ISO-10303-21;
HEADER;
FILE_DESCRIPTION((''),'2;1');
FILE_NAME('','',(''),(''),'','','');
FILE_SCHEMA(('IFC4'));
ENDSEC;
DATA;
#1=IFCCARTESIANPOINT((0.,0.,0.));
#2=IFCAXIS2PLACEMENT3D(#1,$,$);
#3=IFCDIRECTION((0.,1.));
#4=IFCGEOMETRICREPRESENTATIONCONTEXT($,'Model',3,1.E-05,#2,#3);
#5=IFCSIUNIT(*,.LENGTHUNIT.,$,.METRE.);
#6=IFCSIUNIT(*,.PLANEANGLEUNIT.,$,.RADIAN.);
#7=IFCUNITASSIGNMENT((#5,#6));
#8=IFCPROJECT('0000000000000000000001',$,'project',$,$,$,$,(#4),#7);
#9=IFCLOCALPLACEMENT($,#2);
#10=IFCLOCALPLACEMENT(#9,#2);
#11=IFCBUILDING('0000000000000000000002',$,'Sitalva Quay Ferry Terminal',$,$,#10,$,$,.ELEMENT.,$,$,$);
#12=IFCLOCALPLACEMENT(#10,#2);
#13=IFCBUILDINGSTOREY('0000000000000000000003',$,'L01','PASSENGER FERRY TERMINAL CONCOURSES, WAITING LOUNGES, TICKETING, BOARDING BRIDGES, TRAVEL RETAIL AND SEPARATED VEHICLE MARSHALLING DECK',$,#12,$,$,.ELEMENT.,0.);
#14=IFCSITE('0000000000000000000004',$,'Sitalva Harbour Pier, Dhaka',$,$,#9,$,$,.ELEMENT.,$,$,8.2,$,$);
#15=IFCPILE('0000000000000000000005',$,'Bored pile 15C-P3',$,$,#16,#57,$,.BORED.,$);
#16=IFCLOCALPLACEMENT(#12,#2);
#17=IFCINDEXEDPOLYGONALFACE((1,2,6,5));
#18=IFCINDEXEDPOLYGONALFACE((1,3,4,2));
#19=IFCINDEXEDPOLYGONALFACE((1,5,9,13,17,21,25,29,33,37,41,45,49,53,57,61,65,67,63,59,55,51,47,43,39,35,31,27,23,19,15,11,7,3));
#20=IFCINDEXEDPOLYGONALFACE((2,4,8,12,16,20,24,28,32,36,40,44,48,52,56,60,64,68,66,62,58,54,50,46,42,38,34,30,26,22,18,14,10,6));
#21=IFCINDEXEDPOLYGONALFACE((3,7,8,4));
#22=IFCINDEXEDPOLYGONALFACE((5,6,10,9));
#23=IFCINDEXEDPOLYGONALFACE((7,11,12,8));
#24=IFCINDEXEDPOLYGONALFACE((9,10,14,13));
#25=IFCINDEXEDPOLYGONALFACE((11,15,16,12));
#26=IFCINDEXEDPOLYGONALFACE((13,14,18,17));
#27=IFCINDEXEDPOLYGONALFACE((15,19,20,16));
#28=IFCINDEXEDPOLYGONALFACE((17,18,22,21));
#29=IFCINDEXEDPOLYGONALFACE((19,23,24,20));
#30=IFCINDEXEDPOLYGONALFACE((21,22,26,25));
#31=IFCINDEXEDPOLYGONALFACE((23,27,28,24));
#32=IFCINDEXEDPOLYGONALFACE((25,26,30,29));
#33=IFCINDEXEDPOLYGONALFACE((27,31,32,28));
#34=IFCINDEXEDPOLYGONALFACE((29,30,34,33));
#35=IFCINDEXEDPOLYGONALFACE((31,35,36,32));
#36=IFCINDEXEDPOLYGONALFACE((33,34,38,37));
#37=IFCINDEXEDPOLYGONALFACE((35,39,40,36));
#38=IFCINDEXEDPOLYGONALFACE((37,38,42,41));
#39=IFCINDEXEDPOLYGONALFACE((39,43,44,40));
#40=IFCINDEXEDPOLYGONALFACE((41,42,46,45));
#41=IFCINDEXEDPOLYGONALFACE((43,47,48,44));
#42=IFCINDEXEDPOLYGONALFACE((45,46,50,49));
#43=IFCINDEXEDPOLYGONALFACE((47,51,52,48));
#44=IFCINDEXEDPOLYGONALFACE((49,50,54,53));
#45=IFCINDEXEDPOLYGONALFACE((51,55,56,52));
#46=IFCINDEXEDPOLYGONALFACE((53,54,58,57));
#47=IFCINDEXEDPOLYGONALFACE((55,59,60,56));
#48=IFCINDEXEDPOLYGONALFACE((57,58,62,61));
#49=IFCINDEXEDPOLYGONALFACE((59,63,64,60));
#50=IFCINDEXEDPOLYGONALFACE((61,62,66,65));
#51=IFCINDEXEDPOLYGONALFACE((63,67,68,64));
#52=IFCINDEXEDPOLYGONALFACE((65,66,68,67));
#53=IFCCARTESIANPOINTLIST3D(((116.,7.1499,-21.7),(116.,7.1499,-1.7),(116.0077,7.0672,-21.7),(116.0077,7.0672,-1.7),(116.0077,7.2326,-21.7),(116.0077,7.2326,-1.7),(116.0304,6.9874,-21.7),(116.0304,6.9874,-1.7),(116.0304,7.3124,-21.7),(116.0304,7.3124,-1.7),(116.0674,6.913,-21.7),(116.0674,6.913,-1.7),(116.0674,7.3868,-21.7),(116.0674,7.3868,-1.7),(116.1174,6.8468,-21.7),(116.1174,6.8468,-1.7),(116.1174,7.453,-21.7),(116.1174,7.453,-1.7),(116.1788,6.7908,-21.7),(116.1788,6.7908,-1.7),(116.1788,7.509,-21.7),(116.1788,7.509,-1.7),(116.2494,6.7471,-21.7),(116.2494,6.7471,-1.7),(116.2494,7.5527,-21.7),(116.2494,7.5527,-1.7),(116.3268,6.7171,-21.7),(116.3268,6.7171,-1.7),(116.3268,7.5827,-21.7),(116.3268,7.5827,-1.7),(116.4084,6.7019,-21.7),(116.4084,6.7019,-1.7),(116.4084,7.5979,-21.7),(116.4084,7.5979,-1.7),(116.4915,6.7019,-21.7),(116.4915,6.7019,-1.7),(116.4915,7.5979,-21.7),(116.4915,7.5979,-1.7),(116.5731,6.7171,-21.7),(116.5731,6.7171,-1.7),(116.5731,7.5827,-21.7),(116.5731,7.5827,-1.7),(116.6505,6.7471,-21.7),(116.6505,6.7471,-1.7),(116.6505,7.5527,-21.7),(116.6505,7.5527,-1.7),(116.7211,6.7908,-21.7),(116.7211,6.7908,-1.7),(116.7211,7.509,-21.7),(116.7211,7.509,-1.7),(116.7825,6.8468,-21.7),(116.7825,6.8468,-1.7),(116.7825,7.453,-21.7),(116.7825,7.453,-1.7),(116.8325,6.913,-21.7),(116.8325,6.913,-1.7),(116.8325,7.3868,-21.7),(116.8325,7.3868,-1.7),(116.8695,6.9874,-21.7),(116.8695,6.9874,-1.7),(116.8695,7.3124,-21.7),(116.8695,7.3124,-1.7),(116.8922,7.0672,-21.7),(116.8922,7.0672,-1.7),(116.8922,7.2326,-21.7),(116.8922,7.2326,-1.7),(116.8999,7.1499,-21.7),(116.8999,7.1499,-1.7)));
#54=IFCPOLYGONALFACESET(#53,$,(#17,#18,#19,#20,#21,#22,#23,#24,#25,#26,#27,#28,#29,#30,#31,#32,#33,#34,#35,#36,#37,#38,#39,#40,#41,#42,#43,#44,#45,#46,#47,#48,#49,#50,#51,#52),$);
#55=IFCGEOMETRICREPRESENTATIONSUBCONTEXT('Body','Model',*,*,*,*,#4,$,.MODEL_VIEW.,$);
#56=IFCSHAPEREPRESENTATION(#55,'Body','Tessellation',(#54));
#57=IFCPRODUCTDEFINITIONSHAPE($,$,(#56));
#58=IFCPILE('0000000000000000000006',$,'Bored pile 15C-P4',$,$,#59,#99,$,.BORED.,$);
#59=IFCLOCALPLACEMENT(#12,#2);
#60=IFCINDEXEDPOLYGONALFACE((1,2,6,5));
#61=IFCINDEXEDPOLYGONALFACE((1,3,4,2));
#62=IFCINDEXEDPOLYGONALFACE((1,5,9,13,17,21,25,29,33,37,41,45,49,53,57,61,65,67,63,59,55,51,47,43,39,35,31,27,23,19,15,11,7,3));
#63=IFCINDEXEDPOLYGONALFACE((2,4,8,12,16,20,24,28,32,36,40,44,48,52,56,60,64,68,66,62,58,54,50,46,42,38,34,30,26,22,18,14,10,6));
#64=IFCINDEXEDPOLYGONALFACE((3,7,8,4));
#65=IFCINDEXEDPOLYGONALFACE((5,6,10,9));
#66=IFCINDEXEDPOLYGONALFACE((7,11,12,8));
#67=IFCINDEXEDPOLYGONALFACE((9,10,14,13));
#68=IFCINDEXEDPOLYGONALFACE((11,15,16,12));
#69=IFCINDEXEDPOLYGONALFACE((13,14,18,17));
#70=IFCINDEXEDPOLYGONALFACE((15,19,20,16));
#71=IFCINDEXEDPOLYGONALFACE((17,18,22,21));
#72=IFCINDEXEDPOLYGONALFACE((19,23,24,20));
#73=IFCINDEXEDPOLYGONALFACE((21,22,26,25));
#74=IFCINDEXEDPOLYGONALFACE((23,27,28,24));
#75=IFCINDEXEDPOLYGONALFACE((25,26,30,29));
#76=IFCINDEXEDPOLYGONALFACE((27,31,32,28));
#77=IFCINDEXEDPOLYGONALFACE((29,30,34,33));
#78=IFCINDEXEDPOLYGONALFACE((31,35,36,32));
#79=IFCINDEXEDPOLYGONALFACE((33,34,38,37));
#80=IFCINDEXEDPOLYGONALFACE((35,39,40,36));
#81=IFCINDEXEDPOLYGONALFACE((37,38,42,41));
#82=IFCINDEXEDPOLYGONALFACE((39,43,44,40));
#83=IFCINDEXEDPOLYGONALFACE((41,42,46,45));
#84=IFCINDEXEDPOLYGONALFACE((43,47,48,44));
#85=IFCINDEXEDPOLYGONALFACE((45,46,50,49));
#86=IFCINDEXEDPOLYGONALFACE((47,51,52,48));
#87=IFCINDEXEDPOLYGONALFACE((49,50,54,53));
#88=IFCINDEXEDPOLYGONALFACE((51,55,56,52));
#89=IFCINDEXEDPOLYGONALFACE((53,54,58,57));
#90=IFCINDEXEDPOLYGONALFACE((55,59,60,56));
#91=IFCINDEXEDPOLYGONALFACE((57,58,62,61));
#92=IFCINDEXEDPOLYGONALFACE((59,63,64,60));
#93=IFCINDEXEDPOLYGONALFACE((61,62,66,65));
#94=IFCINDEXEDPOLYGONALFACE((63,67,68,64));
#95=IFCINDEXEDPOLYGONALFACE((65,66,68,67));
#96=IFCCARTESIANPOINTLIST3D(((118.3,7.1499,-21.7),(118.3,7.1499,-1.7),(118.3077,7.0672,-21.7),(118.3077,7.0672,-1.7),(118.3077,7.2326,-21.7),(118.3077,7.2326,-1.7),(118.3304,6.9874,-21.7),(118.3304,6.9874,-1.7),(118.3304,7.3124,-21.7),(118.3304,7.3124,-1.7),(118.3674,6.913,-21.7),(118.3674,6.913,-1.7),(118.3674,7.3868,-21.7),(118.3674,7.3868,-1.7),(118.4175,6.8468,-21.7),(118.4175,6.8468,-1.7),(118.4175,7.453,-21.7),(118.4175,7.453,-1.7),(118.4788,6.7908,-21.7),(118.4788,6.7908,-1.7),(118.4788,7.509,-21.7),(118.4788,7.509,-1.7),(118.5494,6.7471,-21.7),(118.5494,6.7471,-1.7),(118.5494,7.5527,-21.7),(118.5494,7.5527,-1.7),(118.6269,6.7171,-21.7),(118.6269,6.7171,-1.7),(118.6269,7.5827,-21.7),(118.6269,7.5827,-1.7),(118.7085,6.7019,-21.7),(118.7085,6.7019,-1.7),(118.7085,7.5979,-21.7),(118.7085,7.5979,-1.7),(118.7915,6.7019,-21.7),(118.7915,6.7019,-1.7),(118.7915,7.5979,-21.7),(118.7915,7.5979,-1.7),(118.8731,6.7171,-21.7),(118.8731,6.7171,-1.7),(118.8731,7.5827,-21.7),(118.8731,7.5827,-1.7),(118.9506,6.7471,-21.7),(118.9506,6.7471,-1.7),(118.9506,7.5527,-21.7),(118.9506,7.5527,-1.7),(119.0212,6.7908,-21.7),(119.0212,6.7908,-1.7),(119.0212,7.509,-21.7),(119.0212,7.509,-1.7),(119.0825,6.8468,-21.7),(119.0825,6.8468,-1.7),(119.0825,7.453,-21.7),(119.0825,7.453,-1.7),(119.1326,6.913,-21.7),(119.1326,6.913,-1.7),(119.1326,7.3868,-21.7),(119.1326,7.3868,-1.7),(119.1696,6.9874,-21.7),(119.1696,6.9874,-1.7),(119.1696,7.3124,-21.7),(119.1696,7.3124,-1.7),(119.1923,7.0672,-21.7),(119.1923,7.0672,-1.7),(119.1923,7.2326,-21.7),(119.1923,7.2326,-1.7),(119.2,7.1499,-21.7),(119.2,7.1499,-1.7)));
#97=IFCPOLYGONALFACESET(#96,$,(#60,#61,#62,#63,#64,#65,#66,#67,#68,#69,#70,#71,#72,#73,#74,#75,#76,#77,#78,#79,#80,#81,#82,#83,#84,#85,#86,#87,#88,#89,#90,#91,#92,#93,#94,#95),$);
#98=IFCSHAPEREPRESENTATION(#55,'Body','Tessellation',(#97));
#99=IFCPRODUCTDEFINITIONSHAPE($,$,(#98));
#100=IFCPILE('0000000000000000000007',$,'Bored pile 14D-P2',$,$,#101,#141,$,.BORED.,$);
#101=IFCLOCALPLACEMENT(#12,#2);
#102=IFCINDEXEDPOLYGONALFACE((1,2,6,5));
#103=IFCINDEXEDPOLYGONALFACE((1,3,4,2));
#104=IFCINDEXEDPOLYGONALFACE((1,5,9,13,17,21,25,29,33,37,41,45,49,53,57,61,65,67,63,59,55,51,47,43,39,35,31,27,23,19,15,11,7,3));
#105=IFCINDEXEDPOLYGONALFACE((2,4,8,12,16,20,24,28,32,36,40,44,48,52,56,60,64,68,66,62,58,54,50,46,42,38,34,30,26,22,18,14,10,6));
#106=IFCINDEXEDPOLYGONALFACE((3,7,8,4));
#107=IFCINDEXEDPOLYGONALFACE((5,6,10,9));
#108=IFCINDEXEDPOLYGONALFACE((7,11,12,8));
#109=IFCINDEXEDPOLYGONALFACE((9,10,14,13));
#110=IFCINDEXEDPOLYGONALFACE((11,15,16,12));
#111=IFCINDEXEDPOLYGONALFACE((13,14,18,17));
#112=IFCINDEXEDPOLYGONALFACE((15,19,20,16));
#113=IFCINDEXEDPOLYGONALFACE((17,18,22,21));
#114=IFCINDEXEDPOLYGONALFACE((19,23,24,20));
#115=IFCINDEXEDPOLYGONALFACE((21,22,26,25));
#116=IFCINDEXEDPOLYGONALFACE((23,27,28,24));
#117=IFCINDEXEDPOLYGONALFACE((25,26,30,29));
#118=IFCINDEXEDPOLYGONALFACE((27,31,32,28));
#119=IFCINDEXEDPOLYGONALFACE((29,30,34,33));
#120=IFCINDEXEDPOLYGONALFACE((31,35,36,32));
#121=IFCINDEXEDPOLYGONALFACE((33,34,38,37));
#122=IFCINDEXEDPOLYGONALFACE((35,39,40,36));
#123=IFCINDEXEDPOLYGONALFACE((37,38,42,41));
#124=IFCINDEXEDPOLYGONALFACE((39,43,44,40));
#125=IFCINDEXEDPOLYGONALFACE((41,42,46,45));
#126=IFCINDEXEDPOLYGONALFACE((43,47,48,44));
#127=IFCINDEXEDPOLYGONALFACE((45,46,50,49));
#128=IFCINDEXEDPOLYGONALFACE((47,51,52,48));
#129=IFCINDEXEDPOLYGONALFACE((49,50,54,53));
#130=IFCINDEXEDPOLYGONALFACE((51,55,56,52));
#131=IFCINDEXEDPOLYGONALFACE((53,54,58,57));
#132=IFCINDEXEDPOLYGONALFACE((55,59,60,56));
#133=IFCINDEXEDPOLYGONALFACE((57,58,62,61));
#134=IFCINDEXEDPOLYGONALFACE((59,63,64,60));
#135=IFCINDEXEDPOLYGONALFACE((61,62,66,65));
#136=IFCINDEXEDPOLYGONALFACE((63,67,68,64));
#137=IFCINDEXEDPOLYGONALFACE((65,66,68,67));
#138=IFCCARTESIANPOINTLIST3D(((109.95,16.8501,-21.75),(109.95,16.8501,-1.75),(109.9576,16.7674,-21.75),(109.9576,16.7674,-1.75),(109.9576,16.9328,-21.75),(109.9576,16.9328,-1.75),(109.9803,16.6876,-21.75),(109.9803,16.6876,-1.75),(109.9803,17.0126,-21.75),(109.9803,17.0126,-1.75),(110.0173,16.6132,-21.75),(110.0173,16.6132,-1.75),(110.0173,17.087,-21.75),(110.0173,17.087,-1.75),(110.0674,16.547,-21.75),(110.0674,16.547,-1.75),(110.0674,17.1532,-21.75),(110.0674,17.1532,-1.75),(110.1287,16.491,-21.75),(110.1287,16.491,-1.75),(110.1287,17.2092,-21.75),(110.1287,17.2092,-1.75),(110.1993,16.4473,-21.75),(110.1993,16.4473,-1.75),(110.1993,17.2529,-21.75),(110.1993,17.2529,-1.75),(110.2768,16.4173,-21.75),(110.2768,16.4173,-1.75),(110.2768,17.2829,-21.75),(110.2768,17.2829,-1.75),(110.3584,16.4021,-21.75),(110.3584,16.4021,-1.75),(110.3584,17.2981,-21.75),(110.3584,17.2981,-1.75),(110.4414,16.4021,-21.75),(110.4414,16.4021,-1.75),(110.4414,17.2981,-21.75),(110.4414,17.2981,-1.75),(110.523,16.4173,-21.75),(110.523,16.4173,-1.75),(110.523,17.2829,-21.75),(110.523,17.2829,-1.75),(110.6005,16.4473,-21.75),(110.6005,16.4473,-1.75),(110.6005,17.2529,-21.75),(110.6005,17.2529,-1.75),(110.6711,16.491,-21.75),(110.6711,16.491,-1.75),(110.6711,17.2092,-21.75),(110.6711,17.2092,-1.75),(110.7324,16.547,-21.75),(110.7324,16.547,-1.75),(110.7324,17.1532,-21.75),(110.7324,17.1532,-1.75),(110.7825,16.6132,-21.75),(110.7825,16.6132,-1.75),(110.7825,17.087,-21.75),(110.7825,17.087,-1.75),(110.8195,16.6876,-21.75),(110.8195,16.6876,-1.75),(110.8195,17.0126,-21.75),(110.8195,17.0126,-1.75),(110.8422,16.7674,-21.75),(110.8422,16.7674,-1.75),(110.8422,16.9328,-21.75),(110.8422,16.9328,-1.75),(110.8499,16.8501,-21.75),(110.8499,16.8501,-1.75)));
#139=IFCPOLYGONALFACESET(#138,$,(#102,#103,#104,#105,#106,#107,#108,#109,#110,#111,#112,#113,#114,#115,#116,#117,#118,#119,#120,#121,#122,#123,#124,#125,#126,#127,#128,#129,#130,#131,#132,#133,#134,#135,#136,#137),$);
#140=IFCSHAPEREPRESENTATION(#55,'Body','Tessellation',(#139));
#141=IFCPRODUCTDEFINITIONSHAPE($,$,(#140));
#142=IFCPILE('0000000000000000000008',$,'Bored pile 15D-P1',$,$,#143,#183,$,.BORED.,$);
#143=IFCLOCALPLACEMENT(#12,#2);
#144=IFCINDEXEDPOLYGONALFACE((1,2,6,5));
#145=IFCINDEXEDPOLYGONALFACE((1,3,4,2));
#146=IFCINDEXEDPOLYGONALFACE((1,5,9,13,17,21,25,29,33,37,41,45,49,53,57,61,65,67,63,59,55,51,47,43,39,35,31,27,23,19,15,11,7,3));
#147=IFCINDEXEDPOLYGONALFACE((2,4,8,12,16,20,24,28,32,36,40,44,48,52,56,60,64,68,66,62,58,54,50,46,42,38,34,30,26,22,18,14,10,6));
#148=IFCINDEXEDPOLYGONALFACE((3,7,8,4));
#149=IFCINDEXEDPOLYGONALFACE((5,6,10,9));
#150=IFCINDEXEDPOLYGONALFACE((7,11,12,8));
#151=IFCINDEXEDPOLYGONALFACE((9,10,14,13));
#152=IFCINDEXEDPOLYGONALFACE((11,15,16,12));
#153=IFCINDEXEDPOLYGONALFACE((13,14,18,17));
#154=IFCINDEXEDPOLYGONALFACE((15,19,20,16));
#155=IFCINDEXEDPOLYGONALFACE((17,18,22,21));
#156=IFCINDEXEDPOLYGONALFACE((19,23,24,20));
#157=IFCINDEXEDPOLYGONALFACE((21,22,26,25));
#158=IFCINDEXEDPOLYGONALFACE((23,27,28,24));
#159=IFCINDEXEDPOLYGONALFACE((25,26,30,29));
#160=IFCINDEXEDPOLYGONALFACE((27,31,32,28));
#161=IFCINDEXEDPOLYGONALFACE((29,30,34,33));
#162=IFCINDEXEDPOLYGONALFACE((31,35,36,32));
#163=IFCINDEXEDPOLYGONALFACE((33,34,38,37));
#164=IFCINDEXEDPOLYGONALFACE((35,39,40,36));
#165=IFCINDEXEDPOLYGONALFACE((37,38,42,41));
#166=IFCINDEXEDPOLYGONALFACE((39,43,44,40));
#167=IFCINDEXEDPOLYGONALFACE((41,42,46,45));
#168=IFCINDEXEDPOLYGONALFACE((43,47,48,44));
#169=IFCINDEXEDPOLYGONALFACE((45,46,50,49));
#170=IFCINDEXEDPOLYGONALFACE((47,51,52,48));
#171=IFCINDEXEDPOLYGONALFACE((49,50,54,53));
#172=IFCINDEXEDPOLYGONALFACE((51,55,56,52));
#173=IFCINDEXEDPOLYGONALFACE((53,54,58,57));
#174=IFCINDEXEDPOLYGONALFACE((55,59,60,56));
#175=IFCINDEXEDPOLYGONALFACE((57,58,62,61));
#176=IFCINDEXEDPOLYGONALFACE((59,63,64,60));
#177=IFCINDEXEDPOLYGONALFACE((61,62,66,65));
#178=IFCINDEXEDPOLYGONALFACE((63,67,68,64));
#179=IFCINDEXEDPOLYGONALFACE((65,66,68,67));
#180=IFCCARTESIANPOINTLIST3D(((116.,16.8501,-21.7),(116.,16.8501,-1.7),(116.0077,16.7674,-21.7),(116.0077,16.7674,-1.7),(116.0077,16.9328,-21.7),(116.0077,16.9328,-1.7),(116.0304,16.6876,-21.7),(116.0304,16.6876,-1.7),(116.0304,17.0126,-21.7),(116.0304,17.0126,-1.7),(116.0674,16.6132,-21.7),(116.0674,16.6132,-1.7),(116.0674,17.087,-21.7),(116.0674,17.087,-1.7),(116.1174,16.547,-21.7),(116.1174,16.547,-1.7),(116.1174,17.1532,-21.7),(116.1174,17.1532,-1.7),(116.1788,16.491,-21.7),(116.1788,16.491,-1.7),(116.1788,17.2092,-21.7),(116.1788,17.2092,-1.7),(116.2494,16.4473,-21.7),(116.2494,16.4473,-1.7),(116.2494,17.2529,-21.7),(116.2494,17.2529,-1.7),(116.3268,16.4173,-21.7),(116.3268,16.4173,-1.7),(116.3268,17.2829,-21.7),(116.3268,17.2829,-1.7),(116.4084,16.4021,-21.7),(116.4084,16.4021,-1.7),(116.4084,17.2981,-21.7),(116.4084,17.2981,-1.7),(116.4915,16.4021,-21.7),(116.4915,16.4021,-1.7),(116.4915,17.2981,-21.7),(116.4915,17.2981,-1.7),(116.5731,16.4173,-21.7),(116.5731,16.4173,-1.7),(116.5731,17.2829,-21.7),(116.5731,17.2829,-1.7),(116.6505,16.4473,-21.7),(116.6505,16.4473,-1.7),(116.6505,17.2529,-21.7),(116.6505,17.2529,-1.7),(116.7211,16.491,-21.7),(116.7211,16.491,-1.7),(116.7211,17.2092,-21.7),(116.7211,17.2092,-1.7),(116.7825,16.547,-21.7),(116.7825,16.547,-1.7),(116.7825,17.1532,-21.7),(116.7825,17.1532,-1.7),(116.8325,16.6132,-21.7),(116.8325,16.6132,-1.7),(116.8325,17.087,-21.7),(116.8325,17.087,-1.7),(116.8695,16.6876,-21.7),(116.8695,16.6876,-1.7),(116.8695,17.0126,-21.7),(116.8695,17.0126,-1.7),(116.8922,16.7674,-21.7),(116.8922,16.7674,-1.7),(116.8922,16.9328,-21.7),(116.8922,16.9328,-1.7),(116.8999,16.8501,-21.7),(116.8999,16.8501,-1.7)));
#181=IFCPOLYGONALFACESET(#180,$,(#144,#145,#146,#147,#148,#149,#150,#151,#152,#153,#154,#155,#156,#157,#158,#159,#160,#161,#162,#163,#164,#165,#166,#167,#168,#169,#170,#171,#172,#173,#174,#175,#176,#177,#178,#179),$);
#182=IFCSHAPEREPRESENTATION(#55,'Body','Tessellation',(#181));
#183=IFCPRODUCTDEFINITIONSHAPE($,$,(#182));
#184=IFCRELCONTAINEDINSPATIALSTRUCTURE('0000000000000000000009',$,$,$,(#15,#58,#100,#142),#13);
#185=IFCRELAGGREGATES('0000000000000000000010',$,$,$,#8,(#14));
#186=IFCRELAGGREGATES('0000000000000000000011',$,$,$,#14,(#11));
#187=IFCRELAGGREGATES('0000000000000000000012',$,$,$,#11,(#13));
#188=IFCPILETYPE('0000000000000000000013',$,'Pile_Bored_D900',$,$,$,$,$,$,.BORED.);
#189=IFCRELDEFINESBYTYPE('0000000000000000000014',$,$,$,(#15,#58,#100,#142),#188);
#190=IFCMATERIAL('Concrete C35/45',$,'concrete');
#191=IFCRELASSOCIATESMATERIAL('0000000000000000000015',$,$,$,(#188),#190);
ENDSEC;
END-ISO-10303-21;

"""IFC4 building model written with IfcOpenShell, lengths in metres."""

from ifc_helpers import new_model, si_unit, direction, frame, origin, origin_2d, place, context, subcontext, project, spatial, circle, extrude, material, material_profile, profile_set, type_object, element, save


model = new_model("IFC4")

# Units and contexts
model_context = context("Model", 3, precision=1e-05, world=origin(), true_north=direction((0.0, 1.0)))
body_context = subcontext(model_context, "Body", "Model", "MODEL_VIEW")
ifc_project = project(units=[si_unit("LENGTHUNIT", "METRE"), si_unit("PLANEANGLEUNIT", "RADIAN")], contexts=[model_context])

# Site, building, storey
site_placement = place(None, origin())
site = spatial("IfcSite", under=ifc_project, at=site_placement, Name="Sitalva Harbour Pier, Dhaka", CompositionType="ELEMENT", RefElevation=8.2)
building_placement = place(site_placement, origin())
building = spatial("IfcBuilding", under=site, at=building_placement, Name="Sitalva Quay Ferry Terminal", CompositionType="ELEMENT")
storey_placement = place(building_placement, origin())
storey = spatial("IfcBuildingStorey", under=building, at=storey_placement, Name="L01", Description="PASSENGER FERRY TERMINAL CONCOURSES, WAITING LOUNGES, TICKETING, BOARDING BRIDGES, TRAVEL RETAIL AND SEPARATED VEHICLE MARSHALLING DECK", CompositionType="ELEMENT", Elevation=0.0)

# Piles
ifc_material_1 = material(Name="Concrete C35/45", Category="concrete")
ifc_material_profile_1 = material_profile(ifc_material_1, circle(Radius=0.45, at=origin_2d()), Name="PILE-D900")
ifc_profile_set_1 = profile_set([ifc_material_profile_1], Name="Concrete C35/45")
pile_type_1 = type_object("IfcPileType", Name="Pile_Bored_D900", PredefinedType="BORED", material=ifc_profile_set_1)
for number, where, z_axis, x_axis, name in (
    (1, (116.45, 7.1499, -1.7), (0.0, 0.0, -1.0), (1.0, 0.0, 0.0), "Bored pile 15C-P3"),
    (2, (118.75, 7.1499, -1.7), (0.0, 0.0, -1.0), (1.0, 0.0, 0.0), "Bored pile 15C-P4"),
    (3, (110.3999, 16.8501, -1.75), (0.0, 0.0, -1.0), (1.0, 0.0, 0.0), "Bored pile 14D-P2"),
    (4, (116.45, 16.8501, -1.7), (0.0, 0.0, -1.0), (1.0, 0.0, 0.0), "Bored pile 15D-P1"),
):
    element("IfcPile", number, at=place(storey_placement, frame(where, z_axis=z_axis, x_axis=x_axis)), inside=storey, type_object=pile_type_1, Name=name, PredefinedType="BORED", context=body_context, shape_type="SweptSolid", body=[
        extrude(circle(Radius=0.45, at=origin_2d()), origin(), (0.0, 0.0, 1.0), 20.0),
    ])

save(model, "model.ifc")
